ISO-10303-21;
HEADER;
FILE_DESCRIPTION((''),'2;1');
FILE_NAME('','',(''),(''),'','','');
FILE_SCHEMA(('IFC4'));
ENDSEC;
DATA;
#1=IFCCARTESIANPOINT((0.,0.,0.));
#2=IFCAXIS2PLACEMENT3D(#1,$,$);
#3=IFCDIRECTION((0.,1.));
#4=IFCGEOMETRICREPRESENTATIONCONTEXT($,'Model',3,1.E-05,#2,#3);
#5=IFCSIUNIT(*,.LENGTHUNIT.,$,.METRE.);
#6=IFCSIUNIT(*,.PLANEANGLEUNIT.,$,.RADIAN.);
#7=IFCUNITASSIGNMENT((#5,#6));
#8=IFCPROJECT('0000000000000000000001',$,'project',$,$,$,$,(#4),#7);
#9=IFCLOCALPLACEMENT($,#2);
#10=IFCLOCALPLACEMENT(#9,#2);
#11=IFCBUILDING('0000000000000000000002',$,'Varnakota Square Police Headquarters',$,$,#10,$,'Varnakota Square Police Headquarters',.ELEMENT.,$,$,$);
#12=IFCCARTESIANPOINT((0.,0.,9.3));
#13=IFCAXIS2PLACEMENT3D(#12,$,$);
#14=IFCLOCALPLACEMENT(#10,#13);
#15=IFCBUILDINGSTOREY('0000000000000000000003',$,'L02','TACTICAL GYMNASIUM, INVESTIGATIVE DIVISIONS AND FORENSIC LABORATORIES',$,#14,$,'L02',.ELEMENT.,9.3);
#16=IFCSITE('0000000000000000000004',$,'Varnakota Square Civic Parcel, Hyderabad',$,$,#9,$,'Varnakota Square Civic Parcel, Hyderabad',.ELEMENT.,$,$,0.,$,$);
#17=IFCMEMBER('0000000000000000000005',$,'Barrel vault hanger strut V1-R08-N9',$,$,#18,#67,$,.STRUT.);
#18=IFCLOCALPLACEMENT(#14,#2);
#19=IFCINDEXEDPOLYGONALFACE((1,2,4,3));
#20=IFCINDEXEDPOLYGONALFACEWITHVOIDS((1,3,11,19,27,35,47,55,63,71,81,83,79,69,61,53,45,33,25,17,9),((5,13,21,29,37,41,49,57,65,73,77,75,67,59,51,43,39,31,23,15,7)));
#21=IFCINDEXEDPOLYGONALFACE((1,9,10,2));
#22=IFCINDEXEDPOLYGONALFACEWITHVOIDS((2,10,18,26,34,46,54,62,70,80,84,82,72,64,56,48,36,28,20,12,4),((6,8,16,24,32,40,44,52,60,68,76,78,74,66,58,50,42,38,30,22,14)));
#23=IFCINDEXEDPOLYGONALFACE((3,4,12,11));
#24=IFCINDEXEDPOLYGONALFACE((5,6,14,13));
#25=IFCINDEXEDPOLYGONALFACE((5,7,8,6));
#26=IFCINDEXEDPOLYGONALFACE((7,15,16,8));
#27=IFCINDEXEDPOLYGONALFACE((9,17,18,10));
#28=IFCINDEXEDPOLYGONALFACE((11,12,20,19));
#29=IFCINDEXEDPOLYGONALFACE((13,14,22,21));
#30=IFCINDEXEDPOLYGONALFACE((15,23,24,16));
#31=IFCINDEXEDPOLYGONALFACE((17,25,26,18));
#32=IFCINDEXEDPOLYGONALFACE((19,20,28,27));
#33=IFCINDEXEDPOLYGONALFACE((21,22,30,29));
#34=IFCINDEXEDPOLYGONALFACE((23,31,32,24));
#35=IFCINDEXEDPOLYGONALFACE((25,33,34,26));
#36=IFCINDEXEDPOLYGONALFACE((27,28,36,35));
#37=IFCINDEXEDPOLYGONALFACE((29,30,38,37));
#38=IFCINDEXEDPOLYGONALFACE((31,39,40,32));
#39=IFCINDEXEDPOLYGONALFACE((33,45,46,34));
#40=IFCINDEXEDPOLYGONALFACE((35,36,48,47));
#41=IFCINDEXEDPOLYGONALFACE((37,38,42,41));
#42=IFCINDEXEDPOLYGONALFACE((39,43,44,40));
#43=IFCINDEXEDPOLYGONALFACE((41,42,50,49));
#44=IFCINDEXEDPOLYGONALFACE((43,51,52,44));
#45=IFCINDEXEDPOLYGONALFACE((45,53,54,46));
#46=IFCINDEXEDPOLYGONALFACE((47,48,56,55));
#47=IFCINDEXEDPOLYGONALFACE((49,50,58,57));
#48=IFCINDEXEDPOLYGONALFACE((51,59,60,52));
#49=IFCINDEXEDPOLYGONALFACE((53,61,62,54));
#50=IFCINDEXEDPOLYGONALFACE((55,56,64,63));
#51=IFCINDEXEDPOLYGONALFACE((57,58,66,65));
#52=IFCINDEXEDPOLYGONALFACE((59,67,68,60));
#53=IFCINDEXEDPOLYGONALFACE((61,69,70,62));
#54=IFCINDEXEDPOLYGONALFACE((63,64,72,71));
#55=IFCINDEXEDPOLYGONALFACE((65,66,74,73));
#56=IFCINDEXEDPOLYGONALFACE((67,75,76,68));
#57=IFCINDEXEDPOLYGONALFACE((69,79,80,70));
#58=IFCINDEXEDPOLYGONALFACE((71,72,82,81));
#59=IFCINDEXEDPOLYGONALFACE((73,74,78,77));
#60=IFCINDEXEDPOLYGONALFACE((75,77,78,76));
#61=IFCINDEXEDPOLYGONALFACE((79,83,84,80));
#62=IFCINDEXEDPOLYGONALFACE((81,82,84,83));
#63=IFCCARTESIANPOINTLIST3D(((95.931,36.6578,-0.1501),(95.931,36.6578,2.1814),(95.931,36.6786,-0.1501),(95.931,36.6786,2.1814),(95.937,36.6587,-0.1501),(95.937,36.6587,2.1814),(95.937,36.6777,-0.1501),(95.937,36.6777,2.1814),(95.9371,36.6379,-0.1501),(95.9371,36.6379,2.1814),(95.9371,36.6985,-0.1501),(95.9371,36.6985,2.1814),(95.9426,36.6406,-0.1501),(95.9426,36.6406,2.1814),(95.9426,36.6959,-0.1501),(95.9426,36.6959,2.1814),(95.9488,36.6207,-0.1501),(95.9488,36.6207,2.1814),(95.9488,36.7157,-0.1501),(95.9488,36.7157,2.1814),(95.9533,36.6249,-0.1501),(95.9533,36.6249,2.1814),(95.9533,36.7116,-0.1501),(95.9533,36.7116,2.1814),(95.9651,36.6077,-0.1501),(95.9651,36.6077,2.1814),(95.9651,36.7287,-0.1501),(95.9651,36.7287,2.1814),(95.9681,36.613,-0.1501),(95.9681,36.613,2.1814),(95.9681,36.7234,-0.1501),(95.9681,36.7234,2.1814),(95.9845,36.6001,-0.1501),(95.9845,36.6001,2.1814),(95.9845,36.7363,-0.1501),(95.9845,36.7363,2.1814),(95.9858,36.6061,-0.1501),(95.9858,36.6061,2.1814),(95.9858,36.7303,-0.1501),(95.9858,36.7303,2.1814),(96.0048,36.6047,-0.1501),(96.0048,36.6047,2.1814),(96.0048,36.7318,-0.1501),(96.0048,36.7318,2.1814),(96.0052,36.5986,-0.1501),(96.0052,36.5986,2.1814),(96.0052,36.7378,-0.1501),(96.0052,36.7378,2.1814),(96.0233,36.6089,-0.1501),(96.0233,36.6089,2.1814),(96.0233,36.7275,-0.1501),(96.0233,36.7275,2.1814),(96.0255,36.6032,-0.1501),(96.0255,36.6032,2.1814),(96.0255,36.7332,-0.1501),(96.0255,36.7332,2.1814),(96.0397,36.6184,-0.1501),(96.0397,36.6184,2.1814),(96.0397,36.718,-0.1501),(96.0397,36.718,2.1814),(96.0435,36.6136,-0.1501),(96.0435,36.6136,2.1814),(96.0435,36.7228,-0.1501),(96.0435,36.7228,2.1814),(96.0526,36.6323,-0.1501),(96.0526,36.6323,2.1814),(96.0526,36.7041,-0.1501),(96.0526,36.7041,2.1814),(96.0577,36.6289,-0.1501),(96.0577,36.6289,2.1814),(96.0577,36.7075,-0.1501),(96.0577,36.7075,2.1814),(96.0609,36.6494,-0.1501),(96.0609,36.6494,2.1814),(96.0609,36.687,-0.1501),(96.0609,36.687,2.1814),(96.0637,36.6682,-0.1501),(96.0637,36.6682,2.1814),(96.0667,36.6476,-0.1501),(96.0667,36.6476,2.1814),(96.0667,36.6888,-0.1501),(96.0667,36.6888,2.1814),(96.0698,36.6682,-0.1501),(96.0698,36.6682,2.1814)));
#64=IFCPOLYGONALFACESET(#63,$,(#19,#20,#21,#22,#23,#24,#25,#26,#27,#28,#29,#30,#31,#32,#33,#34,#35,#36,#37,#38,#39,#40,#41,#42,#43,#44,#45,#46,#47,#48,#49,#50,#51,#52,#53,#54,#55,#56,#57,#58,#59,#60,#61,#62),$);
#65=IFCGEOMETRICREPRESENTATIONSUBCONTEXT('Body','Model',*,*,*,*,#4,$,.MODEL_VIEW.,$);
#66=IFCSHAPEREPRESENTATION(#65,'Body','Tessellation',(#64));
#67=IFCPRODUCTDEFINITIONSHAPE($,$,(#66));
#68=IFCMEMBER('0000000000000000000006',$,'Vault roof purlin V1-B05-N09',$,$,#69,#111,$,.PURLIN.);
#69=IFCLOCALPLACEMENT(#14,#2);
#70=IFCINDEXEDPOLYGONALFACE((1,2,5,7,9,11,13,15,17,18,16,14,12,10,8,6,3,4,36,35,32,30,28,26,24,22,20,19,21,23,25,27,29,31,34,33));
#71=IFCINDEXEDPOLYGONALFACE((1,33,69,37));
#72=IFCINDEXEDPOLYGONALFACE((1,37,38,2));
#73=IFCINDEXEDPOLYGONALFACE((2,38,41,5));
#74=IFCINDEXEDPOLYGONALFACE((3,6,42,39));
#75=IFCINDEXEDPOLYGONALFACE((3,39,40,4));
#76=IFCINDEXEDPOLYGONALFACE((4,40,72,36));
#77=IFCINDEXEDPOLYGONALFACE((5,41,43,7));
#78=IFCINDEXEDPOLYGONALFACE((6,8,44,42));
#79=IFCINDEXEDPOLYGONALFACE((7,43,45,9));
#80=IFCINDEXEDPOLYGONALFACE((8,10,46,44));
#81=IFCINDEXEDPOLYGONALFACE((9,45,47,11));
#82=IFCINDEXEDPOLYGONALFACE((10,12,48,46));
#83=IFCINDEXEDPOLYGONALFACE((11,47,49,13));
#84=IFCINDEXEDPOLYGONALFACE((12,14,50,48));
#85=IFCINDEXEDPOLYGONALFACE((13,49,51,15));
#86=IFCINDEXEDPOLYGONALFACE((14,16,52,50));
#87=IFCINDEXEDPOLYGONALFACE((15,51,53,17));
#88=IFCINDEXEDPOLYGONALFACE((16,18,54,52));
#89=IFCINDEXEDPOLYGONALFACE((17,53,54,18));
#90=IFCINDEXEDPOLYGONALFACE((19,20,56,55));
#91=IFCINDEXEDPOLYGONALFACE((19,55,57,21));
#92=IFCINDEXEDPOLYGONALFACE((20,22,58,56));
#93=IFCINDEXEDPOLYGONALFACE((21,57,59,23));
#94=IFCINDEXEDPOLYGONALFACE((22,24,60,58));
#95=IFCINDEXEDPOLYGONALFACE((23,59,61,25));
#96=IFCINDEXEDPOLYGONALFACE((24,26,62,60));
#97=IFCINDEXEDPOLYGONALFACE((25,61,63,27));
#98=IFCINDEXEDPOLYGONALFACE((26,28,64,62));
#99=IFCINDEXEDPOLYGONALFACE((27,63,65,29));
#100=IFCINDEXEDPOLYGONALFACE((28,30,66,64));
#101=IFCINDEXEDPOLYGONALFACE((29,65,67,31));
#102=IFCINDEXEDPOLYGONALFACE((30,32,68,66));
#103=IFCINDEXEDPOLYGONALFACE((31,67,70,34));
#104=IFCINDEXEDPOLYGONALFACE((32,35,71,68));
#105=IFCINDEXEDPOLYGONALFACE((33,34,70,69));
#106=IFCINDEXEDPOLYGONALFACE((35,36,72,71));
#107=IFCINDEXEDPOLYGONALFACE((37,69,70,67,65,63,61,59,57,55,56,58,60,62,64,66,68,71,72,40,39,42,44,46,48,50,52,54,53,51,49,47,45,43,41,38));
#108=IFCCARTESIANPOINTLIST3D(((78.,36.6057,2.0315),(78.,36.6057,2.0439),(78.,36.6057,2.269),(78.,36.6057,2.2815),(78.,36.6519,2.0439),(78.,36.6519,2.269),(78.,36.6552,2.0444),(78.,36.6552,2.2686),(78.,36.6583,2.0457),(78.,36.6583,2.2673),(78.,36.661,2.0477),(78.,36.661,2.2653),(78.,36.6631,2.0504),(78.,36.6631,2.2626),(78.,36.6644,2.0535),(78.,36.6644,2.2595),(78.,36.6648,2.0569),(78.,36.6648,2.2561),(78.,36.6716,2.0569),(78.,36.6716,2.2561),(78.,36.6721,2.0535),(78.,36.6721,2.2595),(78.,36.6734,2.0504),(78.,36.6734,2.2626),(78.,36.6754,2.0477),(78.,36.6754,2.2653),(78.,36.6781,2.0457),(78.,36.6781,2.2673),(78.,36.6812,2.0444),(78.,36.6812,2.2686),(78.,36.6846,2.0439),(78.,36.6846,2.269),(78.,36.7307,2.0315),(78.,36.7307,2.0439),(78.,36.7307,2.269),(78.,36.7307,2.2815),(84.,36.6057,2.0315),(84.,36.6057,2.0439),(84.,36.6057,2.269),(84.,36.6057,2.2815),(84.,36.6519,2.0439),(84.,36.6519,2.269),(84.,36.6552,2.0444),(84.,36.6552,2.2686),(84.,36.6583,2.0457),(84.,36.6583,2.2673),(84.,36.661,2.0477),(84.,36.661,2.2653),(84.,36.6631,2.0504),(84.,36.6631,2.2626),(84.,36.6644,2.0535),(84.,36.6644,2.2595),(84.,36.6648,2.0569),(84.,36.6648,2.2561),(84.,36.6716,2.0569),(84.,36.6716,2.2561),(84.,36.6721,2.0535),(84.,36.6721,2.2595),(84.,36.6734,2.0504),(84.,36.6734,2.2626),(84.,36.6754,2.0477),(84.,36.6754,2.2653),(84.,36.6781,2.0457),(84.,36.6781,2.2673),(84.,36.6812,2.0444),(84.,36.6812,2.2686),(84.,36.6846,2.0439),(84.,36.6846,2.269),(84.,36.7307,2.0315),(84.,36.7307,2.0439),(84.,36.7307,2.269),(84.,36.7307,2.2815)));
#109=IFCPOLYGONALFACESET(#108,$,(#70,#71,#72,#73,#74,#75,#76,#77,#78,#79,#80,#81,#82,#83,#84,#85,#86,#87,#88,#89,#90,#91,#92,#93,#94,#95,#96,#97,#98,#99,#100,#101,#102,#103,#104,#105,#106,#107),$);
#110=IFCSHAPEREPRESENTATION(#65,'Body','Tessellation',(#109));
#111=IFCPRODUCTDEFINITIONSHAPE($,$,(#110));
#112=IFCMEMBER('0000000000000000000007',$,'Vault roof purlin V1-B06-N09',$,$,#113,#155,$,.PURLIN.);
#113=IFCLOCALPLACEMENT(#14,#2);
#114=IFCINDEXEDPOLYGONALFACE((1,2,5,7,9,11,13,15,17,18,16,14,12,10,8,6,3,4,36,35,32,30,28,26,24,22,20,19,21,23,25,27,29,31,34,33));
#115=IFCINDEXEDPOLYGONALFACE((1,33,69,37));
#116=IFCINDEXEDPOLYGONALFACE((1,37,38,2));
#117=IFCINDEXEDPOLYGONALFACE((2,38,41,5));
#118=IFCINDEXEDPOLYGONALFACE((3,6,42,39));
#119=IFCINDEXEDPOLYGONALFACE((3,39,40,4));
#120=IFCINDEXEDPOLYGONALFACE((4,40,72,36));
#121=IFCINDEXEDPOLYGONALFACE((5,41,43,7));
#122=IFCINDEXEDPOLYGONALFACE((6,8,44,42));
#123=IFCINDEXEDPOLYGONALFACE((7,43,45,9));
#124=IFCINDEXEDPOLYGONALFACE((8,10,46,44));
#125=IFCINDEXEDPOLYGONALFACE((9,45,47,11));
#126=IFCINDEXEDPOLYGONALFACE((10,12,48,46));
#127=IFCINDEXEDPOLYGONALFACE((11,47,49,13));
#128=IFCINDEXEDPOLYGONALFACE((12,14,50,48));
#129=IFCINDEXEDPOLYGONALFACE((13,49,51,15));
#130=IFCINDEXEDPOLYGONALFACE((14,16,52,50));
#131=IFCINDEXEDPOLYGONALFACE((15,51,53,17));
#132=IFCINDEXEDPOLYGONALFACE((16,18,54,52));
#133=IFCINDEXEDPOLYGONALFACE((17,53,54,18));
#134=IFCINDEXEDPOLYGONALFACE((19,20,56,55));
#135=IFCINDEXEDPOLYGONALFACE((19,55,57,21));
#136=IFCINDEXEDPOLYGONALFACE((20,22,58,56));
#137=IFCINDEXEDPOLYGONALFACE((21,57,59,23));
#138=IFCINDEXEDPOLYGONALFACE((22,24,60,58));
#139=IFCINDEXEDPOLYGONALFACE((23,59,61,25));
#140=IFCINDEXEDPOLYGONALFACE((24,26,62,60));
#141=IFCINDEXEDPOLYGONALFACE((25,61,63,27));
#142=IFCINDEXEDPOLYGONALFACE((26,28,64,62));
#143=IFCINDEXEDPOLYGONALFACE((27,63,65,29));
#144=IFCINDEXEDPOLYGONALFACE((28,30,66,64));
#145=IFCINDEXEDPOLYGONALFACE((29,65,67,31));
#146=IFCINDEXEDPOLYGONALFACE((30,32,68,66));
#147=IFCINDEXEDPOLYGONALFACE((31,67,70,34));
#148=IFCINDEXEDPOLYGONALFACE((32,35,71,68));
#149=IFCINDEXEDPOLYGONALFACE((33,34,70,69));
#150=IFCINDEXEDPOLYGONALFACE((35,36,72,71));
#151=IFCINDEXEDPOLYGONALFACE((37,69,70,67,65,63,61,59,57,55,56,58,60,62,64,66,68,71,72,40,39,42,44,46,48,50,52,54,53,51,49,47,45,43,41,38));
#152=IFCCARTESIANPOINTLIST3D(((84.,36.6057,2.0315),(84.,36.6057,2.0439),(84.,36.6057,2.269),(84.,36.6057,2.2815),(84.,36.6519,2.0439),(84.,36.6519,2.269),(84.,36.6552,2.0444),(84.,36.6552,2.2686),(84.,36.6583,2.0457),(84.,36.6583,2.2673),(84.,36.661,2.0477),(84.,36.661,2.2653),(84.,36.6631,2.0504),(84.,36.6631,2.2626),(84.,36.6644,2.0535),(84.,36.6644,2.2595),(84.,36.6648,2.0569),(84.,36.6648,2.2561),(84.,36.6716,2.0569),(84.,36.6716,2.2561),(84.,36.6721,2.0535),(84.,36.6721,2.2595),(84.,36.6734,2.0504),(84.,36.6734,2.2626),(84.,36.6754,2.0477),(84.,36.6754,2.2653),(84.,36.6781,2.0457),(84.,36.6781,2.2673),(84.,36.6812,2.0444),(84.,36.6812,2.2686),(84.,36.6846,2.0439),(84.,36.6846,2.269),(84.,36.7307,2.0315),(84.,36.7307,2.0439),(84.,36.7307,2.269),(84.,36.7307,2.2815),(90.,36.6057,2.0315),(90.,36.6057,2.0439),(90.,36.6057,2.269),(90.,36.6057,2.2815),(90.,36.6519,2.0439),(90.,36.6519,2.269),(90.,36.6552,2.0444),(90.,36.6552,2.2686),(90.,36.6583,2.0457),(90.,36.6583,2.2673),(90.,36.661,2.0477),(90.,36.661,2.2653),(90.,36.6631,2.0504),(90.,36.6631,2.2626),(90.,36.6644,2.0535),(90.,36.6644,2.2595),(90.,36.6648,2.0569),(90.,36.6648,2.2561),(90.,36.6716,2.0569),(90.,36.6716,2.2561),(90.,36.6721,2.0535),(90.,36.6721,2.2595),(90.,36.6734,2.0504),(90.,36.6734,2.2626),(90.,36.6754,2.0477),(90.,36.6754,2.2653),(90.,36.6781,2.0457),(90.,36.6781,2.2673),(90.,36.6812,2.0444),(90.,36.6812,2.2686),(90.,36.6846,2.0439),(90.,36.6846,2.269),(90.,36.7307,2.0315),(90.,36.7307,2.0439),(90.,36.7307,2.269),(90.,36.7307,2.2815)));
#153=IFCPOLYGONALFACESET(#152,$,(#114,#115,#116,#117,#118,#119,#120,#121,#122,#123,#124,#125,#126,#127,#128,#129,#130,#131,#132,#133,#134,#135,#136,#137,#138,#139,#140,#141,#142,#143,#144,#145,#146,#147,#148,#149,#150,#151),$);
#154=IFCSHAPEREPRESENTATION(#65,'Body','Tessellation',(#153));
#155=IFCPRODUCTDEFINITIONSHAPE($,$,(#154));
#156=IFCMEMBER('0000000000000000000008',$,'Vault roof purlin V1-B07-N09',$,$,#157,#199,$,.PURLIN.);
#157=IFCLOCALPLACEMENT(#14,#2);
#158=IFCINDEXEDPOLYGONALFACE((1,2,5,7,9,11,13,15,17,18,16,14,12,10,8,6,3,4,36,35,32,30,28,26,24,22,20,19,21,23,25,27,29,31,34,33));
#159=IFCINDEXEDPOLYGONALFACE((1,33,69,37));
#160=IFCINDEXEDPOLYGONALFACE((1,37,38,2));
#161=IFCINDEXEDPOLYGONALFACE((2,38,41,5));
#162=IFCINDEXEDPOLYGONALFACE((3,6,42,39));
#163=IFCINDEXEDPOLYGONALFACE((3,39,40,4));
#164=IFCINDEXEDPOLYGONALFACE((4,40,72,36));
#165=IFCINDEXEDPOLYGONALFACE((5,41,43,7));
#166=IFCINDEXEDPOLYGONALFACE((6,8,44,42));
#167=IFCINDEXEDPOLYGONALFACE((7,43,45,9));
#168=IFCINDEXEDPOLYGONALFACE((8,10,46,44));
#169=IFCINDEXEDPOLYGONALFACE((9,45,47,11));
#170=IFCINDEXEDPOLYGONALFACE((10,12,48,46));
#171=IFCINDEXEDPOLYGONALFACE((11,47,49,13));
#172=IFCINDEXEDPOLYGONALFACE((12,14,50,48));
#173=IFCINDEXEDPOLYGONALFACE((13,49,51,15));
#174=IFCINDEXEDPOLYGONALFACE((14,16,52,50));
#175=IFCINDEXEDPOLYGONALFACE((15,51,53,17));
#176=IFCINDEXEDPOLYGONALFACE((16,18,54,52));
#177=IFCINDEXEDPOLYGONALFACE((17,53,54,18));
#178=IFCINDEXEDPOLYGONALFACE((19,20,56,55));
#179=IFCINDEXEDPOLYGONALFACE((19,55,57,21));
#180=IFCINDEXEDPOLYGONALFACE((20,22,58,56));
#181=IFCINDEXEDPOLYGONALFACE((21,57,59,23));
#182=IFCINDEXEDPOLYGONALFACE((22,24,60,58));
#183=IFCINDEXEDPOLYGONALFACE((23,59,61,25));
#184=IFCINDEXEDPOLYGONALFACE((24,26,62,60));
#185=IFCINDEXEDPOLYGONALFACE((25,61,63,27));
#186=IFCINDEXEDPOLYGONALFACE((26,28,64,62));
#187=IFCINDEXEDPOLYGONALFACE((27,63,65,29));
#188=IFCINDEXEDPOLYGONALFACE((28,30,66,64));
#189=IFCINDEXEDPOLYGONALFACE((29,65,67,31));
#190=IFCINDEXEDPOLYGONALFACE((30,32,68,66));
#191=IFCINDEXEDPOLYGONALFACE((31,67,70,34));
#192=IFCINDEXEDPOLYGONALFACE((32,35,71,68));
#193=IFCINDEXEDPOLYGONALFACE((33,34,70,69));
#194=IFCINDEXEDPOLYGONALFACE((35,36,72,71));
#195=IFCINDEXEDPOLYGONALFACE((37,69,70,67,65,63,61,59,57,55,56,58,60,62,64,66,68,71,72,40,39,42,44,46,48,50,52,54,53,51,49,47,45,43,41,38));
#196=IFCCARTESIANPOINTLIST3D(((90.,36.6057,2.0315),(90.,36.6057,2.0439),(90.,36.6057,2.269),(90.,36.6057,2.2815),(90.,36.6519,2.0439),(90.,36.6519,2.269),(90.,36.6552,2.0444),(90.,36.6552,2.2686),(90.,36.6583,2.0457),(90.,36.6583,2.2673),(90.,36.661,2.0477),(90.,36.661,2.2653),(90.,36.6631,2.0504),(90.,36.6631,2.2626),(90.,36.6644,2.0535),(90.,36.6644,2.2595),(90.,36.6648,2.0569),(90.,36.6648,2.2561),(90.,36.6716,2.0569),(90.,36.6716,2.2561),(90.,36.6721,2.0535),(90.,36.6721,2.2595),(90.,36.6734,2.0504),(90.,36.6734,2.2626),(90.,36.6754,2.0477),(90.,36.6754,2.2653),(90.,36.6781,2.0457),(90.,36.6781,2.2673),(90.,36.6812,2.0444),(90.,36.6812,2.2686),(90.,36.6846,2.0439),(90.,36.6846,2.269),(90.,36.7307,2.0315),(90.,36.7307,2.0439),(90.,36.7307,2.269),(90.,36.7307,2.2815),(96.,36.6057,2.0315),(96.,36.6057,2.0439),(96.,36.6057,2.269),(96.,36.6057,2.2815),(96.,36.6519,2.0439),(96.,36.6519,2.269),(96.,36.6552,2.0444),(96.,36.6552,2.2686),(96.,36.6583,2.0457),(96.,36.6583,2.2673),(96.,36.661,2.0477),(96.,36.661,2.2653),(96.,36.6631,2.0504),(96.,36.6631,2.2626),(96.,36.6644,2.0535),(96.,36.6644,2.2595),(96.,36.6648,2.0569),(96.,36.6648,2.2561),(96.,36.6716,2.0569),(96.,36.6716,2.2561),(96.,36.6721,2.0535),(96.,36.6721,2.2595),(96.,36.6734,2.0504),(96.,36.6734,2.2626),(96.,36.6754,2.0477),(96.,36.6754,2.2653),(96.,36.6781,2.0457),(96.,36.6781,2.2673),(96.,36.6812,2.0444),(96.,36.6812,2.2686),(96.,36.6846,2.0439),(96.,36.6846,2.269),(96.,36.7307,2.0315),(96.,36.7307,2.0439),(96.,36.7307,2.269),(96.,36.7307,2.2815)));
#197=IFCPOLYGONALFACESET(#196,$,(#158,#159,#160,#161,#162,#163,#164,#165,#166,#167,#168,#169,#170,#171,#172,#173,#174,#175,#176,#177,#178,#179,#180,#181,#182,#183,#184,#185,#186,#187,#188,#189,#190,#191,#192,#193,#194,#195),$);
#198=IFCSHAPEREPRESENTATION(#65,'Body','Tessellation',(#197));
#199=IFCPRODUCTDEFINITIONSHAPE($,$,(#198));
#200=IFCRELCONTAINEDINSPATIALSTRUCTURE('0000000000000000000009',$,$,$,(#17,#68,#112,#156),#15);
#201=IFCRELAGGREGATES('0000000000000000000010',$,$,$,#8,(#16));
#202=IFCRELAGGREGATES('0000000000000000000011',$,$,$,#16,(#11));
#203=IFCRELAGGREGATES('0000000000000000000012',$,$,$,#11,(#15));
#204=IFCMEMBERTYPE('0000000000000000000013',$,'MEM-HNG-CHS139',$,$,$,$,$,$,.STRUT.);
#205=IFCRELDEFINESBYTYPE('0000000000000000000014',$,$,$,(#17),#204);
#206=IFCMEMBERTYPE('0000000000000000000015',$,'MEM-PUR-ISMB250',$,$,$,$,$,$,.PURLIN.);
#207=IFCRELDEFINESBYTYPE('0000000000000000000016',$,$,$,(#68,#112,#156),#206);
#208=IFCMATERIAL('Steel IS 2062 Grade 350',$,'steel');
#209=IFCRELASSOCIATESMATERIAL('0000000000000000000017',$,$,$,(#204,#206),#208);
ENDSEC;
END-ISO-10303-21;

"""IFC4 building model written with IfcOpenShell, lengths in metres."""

from ifc_helpers import new_model, si_unit, direction, frame, origin, origin_2d, place, context, subcontext, project, spatial, hollow_circle, i_section, extrude, material, material_profile, profile_set, type_object, element, save


model = new_model("IFC4")

# Units and contexts
model_context = context("Model", 3, precision=1e-05, world=origin(), true_north=direction((0.0, 1.0)))
body_context = subcontext(model_context, "Body", "Model", "MODEL_VIEW")
ifc_project = project(units=[si_unit("LENGTHUNIT", "METRE"), si_unit("PLANEANGLEUNIT", "RADIAN")], contexts=[model_context])

# Site, building, storey
site_placement = place(None, origin())
site = spatial("IfcSite", under=ifc_project, at=site_placement, Name="Varnakota Square Civic Parcel, Hyderabad", LongName="Varnakota Square Civic Parcel, Hyderabad", CompositionType="ELEMENT", RefElevation=0.0)
building_placement = place(site_placement, origin())
building = spatial("IfcBuilding", under=site, at=building_placement, Name="Varnakota Square Police Headquarters", LongName="Varnakota Square Police Headquarters", CompositionType="ELEMENT")
storey_placement = place(building_placement, frame((0.0, 0.0, 9.3)))
storey = spatial("IfcBuildingStorey", under=building, at=storey_placement, Name="L02", Description="TACTICAL GYMNASIUM, INVESTIGATIVE DIVISIONS AND FORENSIC LABORATORIES", LongName="L02", CompositionType="ELEMENT", Elevation=9.3)

# Shared definitions
ifc_material_1 = material(Name="Steel IS 2062 Grade 350", Category="steel")

# Members
ifc_material_profile_1 = material_profile(ifc_material_1, hollow_circle(Radius=0.0698, WallThickness=0.0061, at=origin_2d()), Name="CHS 139.7x6.0")
ifc_profile_set_1 = profile_set([ifc_material_profile_1], Name="Steel IS 2062 Grade 350")
member_type_1 = type_object("IfcMemberType", Name="MEM-HNG-CHS139", PredefinedType="STRUT", material=ifc_profile_set_1)
for number, where, z_axis, x_axis, name in (
    (1, (96.0, 36.6682, -0.1501), (0.0, 0.0, 1.0), (1.0, 0.0, 0.0), "Barrel vault hanger strut V1-R08-N9"),
):
    element("IfcMember", number, at=place(storey_placement, frame(where, z_axis=z_axis, x_axis=x_axis)), inside=storey, type_object=member_type_1, Name=name, PredefinedType="STRUT", context=body_context, shape_type="SweptSolid", body=[
        extrude(hollow_circle(Radius=0.0698, WallThickness=0.0061, at=origin_2d()), origin(), (0.0, 0.0, 1.0), 2.3315),
    ])
ifc_material_profile_2 = material_profile(ifc_material_1, i_section(OverallWidth=0.125, OverallDepth=0.25, WebThickness=0.0068, FlangeThickness=0.0125, FilletRadius=0.0129, at=origin_2d()), Name="ISMB 250")
ifc_profile_set_2 = profile_set([ifc_material_profile_2], Name="Steel IS 2062 Grade 350")
member_type_2 = type_object("IfcMemberType", Name="MEM-PUR-ISMB250", PredefinedType="PURLIN", material=ifc_profile_set_2)
for number, where, z_axis, x_axis, name in (
    (2, (78.0, 36.6682, 2.1565), (1.0, 0.0, 0.0), (0.0, 1.0, 0.0), "Vault roof purlin V1-B05-N09"),
    (3, (84.0, 36.6682, 2.1565), (1.0, 0.0, 0.0), (0.0, 1.0, 0.0), "Vault roof purlin V1-B06-N09"),
    (4, (90.0, 36.6682, 2.1565), (1.0, 0.0, 0.0), (0.0, 1.0, 0.0), "Vault roof purlin V1-B07-N09"),
):
    element("IfcMember", number, at=place(storey_placement, frame(where, z_axis=z_axis, x_axis=x_axis)), inside=storey, type_object=member_type_2, Name=name, PredefinedType="PURLIN", context=body_context, shape_type="SweptSolid", body=[
        extrude(i_section(OverallWidth=0.125, OverallDepth=0.25, WebThickness=0.0068, FlangeThickness=0.0125, FilletRadius=0.0129, at=origin_2d()), origin(), (0.0, 0.0, 1.0), 6.0),
    ])

save(model, "model.ifc")
